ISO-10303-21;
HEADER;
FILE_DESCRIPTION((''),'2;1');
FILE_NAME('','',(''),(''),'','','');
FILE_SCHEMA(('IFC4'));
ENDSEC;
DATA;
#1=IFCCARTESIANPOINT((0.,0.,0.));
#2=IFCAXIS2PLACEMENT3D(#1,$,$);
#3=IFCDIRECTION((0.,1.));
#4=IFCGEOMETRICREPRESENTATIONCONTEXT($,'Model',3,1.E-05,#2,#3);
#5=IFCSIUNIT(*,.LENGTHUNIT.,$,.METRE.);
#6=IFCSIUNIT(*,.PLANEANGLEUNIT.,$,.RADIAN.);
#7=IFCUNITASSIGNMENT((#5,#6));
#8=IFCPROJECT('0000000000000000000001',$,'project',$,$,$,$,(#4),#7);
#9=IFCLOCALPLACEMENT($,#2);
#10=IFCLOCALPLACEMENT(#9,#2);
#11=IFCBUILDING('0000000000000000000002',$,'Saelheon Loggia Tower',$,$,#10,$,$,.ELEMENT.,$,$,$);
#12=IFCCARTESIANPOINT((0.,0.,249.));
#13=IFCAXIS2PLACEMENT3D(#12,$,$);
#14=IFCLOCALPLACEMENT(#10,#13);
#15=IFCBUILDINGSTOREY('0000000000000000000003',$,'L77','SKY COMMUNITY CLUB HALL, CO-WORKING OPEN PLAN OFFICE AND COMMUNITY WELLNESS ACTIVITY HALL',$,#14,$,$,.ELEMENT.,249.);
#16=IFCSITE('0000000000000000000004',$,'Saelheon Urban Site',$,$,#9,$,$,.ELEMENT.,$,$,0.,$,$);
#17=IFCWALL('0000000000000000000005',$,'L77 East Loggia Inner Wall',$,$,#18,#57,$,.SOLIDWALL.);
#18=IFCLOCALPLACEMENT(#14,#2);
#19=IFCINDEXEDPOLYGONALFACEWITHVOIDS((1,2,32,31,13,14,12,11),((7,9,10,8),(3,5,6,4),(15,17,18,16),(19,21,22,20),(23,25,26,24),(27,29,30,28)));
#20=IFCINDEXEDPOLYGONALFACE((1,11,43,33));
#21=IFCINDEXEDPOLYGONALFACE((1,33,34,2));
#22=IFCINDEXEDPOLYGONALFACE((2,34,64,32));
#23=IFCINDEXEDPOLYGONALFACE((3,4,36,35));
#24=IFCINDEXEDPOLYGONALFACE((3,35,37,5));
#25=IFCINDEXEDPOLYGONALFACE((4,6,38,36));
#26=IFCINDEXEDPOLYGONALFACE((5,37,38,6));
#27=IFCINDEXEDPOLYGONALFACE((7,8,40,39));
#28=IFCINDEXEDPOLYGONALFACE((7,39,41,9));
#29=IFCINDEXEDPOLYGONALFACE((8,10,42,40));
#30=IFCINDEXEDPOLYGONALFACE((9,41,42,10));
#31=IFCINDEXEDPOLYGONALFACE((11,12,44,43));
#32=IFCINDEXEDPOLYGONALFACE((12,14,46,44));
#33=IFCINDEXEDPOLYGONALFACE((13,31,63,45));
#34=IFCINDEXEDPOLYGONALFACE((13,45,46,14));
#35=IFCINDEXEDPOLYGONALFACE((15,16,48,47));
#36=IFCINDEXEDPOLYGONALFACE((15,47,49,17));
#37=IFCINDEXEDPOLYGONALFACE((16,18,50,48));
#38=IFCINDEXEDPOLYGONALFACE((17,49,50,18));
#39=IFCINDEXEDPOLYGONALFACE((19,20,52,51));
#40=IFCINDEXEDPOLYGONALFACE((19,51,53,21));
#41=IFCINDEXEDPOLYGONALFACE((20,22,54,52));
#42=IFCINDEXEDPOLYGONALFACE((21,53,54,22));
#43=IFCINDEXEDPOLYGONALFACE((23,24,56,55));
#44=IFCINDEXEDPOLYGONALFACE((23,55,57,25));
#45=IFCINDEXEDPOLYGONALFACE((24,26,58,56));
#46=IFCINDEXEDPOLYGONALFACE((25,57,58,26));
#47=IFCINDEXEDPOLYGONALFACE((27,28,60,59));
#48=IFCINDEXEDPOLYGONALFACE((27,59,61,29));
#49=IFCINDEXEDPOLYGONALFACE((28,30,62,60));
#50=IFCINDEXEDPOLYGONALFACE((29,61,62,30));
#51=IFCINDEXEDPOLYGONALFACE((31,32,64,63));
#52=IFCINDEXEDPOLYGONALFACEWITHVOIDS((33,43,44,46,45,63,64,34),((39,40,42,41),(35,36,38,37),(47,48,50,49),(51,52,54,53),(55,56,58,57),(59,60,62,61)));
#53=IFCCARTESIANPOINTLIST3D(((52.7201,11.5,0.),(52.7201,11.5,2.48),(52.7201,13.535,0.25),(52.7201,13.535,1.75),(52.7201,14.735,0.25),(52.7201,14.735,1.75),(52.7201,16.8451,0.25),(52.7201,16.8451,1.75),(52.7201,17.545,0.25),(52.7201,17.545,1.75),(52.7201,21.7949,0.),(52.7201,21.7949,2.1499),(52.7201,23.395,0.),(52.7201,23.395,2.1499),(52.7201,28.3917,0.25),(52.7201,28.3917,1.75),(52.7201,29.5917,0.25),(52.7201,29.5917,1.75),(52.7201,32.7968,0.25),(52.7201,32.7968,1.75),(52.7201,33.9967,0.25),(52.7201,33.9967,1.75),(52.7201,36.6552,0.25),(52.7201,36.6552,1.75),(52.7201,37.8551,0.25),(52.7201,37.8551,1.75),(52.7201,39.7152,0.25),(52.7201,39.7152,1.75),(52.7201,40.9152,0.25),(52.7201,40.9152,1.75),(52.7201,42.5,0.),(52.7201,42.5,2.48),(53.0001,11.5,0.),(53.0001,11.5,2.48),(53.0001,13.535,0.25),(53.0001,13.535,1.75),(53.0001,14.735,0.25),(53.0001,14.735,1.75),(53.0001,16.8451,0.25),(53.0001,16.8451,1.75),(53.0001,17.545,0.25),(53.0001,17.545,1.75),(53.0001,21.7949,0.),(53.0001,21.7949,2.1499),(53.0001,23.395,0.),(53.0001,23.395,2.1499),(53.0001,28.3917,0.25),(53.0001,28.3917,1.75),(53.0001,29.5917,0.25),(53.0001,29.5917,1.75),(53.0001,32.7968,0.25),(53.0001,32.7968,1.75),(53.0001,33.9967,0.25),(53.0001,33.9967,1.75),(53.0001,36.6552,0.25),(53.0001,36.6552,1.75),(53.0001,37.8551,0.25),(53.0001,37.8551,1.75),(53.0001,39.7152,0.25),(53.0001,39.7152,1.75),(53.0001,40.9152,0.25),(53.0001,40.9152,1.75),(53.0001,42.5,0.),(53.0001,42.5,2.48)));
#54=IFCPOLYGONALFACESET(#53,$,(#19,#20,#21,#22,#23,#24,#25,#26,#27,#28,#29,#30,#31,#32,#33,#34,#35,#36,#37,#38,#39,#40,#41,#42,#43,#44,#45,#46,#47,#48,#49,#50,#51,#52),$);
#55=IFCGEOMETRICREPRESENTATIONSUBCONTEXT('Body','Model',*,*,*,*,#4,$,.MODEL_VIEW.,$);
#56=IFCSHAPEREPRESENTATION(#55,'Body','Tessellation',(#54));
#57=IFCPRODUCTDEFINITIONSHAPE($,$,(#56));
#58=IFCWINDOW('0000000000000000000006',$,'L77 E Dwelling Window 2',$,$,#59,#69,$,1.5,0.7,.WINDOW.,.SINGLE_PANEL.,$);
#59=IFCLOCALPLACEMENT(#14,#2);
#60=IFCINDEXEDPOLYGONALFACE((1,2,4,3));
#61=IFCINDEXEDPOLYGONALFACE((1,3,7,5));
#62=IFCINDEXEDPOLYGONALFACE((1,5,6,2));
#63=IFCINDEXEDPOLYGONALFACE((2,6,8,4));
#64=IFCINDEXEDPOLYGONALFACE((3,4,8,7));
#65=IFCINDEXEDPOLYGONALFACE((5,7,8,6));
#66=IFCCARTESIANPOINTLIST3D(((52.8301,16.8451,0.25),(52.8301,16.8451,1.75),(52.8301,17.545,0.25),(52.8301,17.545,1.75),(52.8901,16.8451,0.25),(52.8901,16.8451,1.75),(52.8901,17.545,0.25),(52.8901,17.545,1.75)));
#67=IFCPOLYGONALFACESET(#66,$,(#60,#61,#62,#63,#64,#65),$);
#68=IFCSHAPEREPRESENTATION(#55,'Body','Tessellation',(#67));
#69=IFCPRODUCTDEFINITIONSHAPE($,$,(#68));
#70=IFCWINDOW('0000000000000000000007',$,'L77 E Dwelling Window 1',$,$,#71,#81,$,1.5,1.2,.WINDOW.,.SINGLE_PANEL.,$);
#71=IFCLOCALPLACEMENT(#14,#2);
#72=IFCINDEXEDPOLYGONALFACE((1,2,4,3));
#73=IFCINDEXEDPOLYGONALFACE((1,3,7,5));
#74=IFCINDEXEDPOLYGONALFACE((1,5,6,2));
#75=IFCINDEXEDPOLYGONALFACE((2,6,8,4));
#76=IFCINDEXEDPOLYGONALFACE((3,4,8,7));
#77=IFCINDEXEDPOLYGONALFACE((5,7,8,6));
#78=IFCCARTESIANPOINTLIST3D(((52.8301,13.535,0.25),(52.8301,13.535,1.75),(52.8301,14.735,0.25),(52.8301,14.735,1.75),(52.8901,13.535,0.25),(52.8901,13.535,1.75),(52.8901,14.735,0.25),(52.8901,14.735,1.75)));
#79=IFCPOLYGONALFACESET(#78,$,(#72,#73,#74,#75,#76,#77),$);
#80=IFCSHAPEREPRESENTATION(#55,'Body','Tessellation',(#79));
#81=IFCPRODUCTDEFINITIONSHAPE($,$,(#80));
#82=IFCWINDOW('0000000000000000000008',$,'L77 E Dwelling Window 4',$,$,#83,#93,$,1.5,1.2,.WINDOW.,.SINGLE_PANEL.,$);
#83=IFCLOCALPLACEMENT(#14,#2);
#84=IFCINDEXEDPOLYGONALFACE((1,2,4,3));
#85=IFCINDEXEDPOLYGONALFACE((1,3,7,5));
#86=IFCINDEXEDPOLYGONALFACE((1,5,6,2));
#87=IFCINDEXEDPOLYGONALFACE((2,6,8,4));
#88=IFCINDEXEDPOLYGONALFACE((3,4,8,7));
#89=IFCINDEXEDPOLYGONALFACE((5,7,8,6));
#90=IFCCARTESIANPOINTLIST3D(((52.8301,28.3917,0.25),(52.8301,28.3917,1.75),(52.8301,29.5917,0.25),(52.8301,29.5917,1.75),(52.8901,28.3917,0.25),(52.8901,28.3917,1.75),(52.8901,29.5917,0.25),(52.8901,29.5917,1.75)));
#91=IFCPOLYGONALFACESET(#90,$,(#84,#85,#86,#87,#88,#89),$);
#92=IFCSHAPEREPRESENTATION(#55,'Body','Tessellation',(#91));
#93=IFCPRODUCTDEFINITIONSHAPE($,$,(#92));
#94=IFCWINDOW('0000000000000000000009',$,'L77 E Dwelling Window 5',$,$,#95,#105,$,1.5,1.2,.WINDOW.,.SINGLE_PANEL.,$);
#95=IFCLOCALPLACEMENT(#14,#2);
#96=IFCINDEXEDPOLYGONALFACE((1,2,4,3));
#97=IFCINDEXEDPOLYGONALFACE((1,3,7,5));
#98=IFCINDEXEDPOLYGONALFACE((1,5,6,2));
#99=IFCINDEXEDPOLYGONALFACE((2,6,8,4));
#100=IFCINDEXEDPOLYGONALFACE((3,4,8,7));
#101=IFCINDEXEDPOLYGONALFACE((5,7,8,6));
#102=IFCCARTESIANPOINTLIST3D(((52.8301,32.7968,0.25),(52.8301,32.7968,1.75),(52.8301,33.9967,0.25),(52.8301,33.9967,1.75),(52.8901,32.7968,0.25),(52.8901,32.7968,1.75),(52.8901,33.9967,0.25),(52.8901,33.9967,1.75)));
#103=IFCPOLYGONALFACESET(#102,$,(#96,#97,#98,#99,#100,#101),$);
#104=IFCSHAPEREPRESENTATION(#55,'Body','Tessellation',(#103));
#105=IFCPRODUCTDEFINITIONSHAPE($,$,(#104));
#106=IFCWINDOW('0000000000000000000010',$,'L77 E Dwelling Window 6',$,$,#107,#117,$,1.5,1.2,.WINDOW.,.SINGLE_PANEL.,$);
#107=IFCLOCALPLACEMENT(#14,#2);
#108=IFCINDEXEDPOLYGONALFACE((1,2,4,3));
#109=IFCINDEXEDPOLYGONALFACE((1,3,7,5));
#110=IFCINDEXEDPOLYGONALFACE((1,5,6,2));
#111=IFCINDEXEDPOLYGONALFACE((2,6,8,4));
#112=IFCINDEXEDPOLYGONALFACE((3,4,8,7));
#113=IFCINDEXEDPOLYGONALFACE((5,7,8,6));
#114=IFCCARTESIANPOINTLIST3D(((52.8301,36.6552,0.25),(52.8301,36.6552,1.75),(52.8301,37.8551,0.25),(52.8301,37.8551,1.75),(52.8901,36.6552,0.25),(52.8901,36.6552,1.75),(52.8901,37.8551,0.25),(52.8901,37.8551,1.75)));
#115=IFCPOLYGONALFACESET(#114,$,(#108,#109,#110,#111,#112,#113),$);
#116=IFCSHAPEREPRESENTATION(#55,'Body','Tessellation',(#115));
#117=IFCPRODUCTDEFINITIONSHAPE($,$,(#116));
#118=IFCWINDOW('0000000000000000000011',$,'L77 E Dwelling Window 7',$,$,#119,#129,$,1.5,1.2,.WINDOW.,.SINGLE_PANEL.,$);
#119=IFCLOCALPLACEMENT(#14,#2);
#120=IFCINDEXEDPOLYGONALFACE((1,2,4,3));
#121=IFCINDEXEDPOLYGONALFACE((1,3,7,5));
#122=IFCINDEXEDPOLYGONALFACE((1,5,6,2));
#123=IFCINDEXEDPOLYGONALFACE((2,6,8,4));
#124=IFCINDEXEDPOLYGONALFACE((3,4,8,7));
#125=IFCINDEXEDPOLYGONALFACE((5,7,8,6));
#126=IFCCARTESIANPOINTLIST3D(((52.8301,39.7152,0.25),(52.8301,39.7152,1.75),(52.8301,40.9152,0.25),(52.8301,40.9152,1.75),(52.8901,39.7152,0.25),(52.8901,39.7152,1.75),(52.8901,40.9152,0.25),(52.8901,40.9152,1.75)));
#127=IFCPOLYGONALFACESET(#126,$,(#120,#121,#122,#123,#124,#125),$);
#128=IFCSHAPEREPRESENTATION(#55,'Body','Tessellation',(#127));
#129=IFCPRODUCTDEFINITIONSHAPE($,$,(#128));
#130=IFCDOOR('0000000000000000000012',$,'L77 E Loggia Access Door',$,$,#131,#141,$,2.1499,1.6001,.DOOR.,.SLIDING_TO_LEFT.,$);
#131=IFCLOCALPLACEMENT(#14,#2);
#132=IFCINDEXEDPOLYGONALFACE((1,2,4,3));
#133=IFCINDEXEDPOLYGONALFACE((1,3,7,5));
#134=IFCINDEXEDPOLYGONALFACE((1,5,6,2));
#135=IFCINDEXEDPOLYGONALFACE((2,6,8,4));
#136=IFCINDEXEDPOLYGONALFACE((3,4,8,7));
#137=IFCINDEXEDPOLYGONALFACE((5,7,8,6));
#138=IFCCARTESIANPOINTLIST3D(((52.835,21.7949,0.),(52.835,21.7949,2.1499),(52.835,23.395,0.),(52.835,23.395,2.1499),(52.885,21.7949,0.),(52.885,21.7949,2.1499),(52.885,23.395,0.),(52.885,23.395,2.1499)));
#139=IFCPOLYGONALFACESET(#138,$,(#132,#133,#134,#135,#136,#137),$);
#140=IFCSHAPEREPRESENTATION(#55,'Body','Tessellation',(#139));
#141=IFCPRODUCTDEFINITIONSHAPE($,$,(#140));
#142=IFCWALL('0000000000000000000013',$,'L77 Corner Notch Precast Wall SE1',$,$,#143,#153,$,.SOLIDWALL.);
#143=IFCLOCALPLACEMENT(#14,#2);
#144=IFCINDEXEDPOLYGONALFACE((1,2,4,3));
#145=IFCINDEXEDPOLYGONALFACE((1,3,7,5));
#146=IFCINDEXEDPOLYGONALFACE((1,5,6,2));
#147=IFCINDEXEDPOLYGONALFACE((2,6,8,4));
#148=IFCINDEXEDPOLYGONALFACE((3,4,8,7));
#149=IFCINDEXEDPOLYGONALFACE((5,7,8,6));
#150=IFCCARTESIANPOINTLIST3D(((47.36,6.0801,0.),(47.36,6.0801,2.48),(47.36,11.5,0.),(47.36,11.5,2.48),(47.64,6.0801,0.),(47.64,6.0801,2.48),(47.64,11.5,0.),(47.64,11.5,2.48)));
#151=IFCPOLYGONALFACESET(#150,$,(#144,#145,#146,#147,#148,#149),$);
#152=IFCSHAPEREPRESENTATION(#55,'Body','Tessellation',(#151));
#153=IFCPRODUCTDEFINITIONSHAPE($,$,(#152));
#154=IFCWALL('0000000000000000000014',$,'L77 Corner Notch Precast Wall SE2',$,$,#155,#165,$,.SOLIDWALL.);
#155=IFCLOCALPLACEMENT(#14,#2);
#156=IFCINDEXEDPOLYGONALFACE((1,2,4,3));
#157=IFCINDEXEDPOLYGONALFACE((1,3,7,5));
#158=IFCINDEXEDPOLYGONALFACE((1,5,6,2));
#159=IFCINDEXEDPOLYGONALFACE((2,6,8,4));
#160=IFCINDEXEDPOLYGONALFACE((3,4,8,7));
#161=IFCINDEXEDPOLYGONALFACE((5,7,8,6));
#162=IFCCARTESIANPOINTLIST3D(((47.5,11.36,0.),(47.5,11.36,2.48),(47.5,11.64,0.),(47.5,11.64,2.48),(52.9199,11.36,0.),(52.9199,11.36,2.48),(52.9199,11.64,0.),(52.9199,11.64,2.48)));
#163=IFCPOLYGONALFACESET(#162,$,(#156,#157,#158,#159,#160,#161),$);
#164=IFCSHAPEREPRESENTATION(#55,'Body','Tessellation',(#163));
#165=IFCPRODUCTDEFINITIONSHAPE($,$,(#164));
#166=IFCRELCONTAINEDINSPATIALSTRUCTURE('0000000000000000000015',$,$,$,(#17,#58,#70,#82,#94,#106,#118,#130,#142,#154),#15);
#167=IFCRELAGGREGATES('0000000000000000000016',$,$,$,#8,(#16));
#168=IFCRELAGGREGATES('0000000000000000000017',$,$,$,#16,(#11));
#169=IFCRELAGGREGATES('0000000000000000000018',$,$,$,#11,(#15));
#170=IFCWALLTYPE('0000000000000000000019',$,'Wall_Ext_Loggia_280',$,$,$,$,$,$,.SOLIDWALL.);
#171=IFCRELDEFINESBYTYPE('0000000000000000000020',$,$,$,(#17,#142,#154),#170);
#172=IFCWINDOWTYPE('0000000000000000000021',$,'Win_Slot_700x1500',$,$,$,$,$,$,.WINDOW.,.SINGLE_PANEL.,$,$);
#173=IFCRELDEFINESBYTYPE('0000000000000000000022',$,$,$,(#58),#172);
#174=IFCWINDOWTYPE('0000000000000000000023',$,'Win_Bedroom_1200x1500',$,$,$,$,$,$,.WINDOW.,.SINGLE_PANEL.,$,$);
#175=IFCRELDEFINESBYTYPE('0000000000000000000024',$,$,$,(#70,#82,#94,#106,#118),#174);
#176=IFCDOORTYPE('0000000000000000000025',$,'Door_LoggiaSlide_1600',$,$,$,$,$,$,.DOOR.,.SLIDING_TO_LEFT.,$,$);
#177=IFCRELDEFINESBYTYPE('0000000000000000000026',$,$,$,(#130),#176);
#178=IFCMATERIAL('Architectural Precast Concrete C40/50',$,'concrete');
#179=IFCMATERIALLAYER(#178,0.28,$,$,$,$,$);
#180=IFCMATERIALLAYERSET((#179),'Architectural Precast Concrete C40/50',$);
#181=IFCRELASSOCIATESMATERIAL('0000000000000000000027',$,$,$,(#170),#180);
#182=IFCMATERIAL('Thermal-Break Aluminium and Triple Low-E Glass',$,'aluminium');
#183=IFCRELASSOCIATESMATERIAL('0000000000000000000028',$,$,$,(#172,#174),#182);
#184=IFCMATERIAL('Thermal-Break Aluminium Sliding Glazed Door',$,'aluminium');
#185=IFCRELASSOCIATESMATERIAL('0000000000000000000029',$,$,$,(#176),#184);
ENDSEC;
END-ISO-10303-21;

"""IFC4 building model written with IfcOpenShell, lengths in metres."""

from ifc_helpers import new_model, si_unit, direction, frame, frame_2d, origin, place, context, subcontext, project, spatial, rectangle, extrude, source, transform, mapped, material, layer, layer_set, type_object, element, fill, save


model = new_model("IFC4")

# Units and contexts
model_context = context("Model", 3, precision=1e-05, world=origin(), true_north=direction((0.0, 1.0)))
body_context = subcontext(model_context, "Body", "Model", "MODEL_VIEW")
ifc_project = project(units=[si_unit("LENGTHUNIT", "METRE"), si_unit("PLANEANGLEUNIT", "RADIAN")], contexts=[model_context])

# Site, building, storey
site_placement = place(None, origin())
site = spatial("IfcSite", under=ifc_project, at=site_placement, Name="Saelheon Urban Site", CompositionType="ELEMENT", RefElevation=0.0)
building_placement = place(site_placement, origin())
building = spatial("IfcBuilding", under=site, at=building_placement, Name="Saelheon Loggia Tower", CompositionType="ELEMENT")
storey_placement = place(building_placement, frame((0.0, 0.0, 249.0)))
storey = spatial("IfcBuildingStorey", under=building, at=storey_placement, Name="L77", Description="SKY COMMUNITY CLUB HALL, CO-WORKING OPEN PLAN OFFICE AND COMMUNITY WELLNESS ACTIVITY HALL", CompositionType="ELEMENT", Elevation=249.0)

# Wall, openings, windows, door
ifc_material_1 = material(Name="Architectural Precast Concrete C40/50", Category="concrete")
ifc_layer_1 = layer(ifc_material_1, 0.28)
ifc_layer_set_1 = layer_set([ifc_layer_1], Name="Architectural Precast Concrete C40/50")
wall_type_1 = type_object("IfcWallType", Name="Wall_Ext_Loggia_280", PredefinedType="SOLIDWALL", material=ifc_layer_set_1)
wall_1_placement = place(storey_placement, frame((52.8601, 11.5, 0.0), z_axis=(0.0, 0.0, 1.0), x_axis=(0.0, 1.0, 0.0)))
wall_1 = element("IfcWall", 1, at=wall_1_placement, inside=storey, type_object=wall_type_1, Name="L77 East Loggia Inner Wall", PredefinedType="SOLIDWALL", context=body_context, shape_type="SweptSolid", body=[
    extrude(rectangle(XDim=31.0, YDim=0.28, at=frame_2d((15.5, 0.0))), origin(), (0.0, 0.0, 1.0), 2.48),
])
opening_1_placement = place(wall_1_placement, frame((2.0349, 0.0, 0.25)))
opening_1 = element("IfcOpeningElement", 2, at=opening_1_placement, cuts=wall_1, PredefinedType="OPENING", context=body_context, shape_type="SweptSolid", body=[
    extrude(rectangle(XDim=1.2, YDim=1.5, at=frame_2d((0.6001, 0.75))), frame((0.0, 0.1521, 0.0), z_axis=(0.0, -1.0, 0.0), x_axis=(1.0, 0.0, 0.0)), (0.0, 0.0, 1.0), 0.304),
])
opening_2_placement = place(wall_1_placement, frame((5.345, 0.0, 0.25)))
opening_2 = element("IfcOpeningElement", 3, at=opening_2_placement, cuts=wall_1, PredefinedType="OPENING", context=body_context, shape_type="SweptSolid", body=[
    extrude(rectangle(XDim=0.7, YDim=1.5, at=frame_2d((0.3501, 0.75))), frame((0.0, 0.1521, 0.0), z_axis=(0.0, -1.0, 0.0), x_axis=(1.0, 0.0, 0.0)), (0.0, 0.0, 1.0), 0.304),
])
opening_3_placement = place(wall_1_placement, frame((11.895, 0.0, 0.0), z_axis=(0.0, 0.0, 1.0), x_axis=(-1.0, 0.0, 0.0)))
opening_3 = element("IfcOpeningElement", 4, at=opening_3_placement, cuts=wall_1, PredefinedType="OPENING", context=body_context, shape_type="SweptSolid", body=[
    extrude(rectangle(XDim=1.6001, YDim=2.1499, at=frame_2d((0.8, 1.075))), frame((0.0, 0.1521, 0.0), z_axis=(0.0, -1.0, 0.0), x_axis=(1.0, 0.0, 0.0)), (0.0, 0.0, 1.0), 0.304),
])
opening_4_placement = place(wall_1_placement, frame((16.8916, 0.0, 0.25)))
opening_4 = element("IfcOpeningElement", 5, at=opening_4_placement, cuts=wall_1, PredefinedType="OPENING", context=body_context, shape_type="SweptSolid", body=[
    extrude(rectangle(XDim=1.2, YDim=1.5, at=frame_2d((0.6001, 0.75))), frame((0.0, 0.1521, 0.0), z_axis=(0.0, -1.0, 0.0), x_axis=(1.0, 0.0, 0.0)), (0.0, 0.0, 1.0), 0.304),
])
opening_5_placement = place(wall_1_placement, frame((21.2966, 0.0, 0.25)))
opening_5 = element("IfcOpeningElement", 6, at=opening_5_placement, cuts=wall_1, PredefinedType="OPENING", context=body_context, shape_type="SweptSolid", body=[
    extrude(rectangle(XDim=1.2, YDim=1.5, at=frame_2d((0.6001, 0.75))), frame((0.0, 0.1521, 0.0), z_axis=(0.0, -1.0, 0.0), x_axis=(1.0, 0.0, 0.0)), (0.0, 0.0, 1.0), 0.304),
])
opening_6_placement = place(wall_1_placement, frame((25.155, 0.0, 0.25)))
opening_6 = element("IfcOpeningElement", 7, at=opening_6_placement, cuts=wall_1, PredefinedType="OPENING", context=body_context, shape_type="SweptSolid", body=[
    extrude(rectangle(XDim=1.2, YDim=1.5, at=frame_2d((0.6001, 0.75))), frame((0.0, 0.1521, 0.0), z_axis=(0.0, -1.0, 0.0), x_axis=(1.0, 0.0, 0.0)), (0.0, 0.0, 1.0), 0.304),
])
opening_7_placement = place(wall_1_placement, frame((28.2151, 0.0, 0.25)))
opening_7 = element("IfcOpeningElement", 8, at=opening_7_placement, cuts=wall_1, PredefinedType="OPENING", context=body_context, shape_type="SweptSolid", body=[
    extrude(rectangle(XDim=1.2, YDim=1.5, at=frame_2d((0.6001, 0.75))), frame((0.0, 0.1521, 0.0), z_axis=(0.0, -1.0, 0.0), x_axis=(1.0, 0.0, 0.0)), (0.0, 0.0, 1.0), 0.304),
])
ifc_material_2 = material(Name="Thermal-Break Aluminium and Triple Low-E Glass", Category="aluminium")
window_type_1 = type_object("IfcWindowType", Name="Win_Slot_700x1500", PartitioningType="SINGLE_PANEL", PredefinedType="WINDOW", material=ifc_material_2)
shared_shape_1 = source(origin(), body_context, "Body", "SweptSolid", [
    extrude(rectangle(XDim=0.7, YDim=1.5, at=frame_2d((0.3501, 0.75))), frame((0.0, 0.03, 0.0), z_axis=(0.0, -1.0, 0.0), x_axis=(1.0, 0.0, 0.0)), (0.0, 0.0, 1.0), 0.0601),
])
window_1_placement = place(opening_2_placement, origin())
window_1 = element("IfcWindow", 9, at=window_1_placement, inside=storey, type_object=window_type_1, Name="L77 E Dwelling Window 2", OverallHeight=1.5, OverallWidth=0.7, PartitioningType="SINGLE_PANEL", PredefinedType="WINDOW", context=body_context, shape_type="MappedRepresentation", body=[
    mapped(shared_shape_1, transform((0.0, 0.0, 0.0), scale=1.0)),
])
fill(opening_2, window_1)
window_type_2 = type_object("IfcWindowType", Name="Win_Bedroom_1200x1500", PartitioningType="SINGLE_PANEL", PredefinedType="WINDOW", material=ifc_material_2)
shared_shape_2 = source(origin(), body_context, "Body", "SweptSolid", [
    extrude(rectangle(XDim=1.2, YDim=1.5, at=frame_2d((0.6001, 0.75))), frame((0.0, 0.03, 0.0), z_axis=(0.0, -1.0, 0.0), x_axis=(1.0, 0.0, 0.0)), (0.0, 0.0, 1.0), 0.0601),
])
window_2_placement = place(opening_1_placement, origin())
window_2 = element("IfcWindow", 10, at=window_2_placement, inside=storey, type_object=window_type_2, Name="L77 E Dwelling Window 1", OverallHeight=1.5, OverallWidth=1.2, PartitioningType="SINGLE_PANEL", PredefinedType="WINDOW", context=body_context, shape_type="MappedRepresentation", body=[
    mapped(shared_shape_2, transform((0.0, 0.0, 0.0), scale=1.0)),
])
fill(opening_1, window_2)
window_3_placement = place(opening_4_placement, origin())
window_3 = element("IfcWindow", 11, at=window_3_placement, inside=storey, type_object=window_type_2, Name="L77 E Dwelling Window 4", OverallHeight=1.5, OverallWidth=1.2, PartitioningType="SINGLE_PANEL", PredefinedType="WINDOW", context=body_context, shape_type="MappedRepresentation", body=[
    mapped(shared_shape_2, transform((0.0, 0.0, 0.0), scale=1.0)),
])
fill(opening_4, window_3)
window_4_placement = place(opening_5_placement, origin())
window_4 = element("IfcWindow", 12, at=window_4_placement, inside=storey, type_object=window_type_2, Name="L77 E Dwelling Window 5", OverallHeight=1.5, OverallWidth=1.2, PartitioningType="SINGLE_PANEL", PredefinedType="WINDOW", context=body_context, shape_type="MappedRepresentation", body=[
    mapped(shared_shape_2, transform((0.0, 0.0, 0.0), scale=1.0)),
])
fill(opening_5, window_4)
window_5_placement = place(opening_6_placement, origin())
window_5 = element("IfcWindow", 13, at=window_5_placement, inside=storey, type_object=window_type_2, Name="L77 E Dwelling Window 6", OverallHeight=1.5, OverallWidth=1.2, PartitioningType="SINGLE_PANEL", PredefinedType="WINDOW", context=body_context, shape_type="MappedRepresentation", body=[
    mapped(shared_shape_2, transform((0.0, 0.0, 0.0), scale=1.0)),
])
fill(opening_6, window_5)
window_6_placement = place(opening_7_placement, origin())
window_6 = element("IfcWindow", 14, at=window_6_placement, inside=storey, type_object=window_type_2, Name="L77 E Dwelling Window 7", OverallHeight=1.5, OverallWidth=1.2, PartitioningType="SINGLE_PANEL", PredefinedType="WINDOW", context=body_context, shape_type="MappedRepresentation", body=[
    mapped(shared_shape_2, transform((0.0, 0.0, 0.0), scale=1.0)),
])
fill(opening_7, window_6)
ifc_material_3 = material(Name="Thermal-Break Aluminium Sliding Glazed Door", Category="aluminium")
door_type_1 = type_object("IfcDoorType", Name="Door_LoggiaSlide_1600", OperationType="SLIDING_TO_LEFT", PredefinedType="DOOR", material=ifc_material_3)
shared_shape_3 = source(origin(), body_context, "Body", "SweptSolid", [
    extrude(rectangle(XDim=1.6001, YDim=2.1499, at=frame_2d((0.8, 1.075))), frame((0.0, 0.0249, 0.0), z_axis=(0.0, -1.0, 0.0), x_axis=(1.0, 0.0, 0.0)), (0.0, 0.0, 1.0), 0.05),
])
door_1_placement = place(opening_3_placement, origin())
door_1 = element("IfcDoor", 15, at=door_1_placement, inside=storey, type_object=door_type_1, Name="L77 E Loggia Access Door", OperationType="SLIDING_TO_LEFT", OverallHeight=2.1499, OverallWidth=1.6001, PredefinedType="DOOR", context=body_context, shape_type="MappedRepresentation", body=[
    mapped(shared_shape_3, transform((0.0, 0.0, 0.0), scale=1.0)),
])
fill(opening_3, door_1)

# Walls
for number, where, z_axis, x_axis, name in (
    (16, (47.5, 6.0801, 0.0), (0.0, 0.0, 1.0), (0.0, 1.0, 0.0), "L77 Corner Notch Precast Wall SE1"),
    (17, (47.5, 11.5, 0.0), (0.0, 0.0, 1.0), (1.0, 0.0, 0.0), "L77 Corner Notch Precast Wall SE2"),
):
    element("IfcWall", number, at=place(storey_placement, frame(where, z_axis=z_axis, x_axis=x_axis)), inside=storey, type_object=wall_type_1, Name=name, PredefinedType="SOLIDWALL", context=body_context, shape_type="SweptSolid", body=[
        extrude(rectangle(XDim=5.4199, YDim=0.28, at=frame_2d((2.71, 0.0))), origin(), (0.0, 0.0, 1.0), 2.48),
    ])

save(model, "model.ifc")
